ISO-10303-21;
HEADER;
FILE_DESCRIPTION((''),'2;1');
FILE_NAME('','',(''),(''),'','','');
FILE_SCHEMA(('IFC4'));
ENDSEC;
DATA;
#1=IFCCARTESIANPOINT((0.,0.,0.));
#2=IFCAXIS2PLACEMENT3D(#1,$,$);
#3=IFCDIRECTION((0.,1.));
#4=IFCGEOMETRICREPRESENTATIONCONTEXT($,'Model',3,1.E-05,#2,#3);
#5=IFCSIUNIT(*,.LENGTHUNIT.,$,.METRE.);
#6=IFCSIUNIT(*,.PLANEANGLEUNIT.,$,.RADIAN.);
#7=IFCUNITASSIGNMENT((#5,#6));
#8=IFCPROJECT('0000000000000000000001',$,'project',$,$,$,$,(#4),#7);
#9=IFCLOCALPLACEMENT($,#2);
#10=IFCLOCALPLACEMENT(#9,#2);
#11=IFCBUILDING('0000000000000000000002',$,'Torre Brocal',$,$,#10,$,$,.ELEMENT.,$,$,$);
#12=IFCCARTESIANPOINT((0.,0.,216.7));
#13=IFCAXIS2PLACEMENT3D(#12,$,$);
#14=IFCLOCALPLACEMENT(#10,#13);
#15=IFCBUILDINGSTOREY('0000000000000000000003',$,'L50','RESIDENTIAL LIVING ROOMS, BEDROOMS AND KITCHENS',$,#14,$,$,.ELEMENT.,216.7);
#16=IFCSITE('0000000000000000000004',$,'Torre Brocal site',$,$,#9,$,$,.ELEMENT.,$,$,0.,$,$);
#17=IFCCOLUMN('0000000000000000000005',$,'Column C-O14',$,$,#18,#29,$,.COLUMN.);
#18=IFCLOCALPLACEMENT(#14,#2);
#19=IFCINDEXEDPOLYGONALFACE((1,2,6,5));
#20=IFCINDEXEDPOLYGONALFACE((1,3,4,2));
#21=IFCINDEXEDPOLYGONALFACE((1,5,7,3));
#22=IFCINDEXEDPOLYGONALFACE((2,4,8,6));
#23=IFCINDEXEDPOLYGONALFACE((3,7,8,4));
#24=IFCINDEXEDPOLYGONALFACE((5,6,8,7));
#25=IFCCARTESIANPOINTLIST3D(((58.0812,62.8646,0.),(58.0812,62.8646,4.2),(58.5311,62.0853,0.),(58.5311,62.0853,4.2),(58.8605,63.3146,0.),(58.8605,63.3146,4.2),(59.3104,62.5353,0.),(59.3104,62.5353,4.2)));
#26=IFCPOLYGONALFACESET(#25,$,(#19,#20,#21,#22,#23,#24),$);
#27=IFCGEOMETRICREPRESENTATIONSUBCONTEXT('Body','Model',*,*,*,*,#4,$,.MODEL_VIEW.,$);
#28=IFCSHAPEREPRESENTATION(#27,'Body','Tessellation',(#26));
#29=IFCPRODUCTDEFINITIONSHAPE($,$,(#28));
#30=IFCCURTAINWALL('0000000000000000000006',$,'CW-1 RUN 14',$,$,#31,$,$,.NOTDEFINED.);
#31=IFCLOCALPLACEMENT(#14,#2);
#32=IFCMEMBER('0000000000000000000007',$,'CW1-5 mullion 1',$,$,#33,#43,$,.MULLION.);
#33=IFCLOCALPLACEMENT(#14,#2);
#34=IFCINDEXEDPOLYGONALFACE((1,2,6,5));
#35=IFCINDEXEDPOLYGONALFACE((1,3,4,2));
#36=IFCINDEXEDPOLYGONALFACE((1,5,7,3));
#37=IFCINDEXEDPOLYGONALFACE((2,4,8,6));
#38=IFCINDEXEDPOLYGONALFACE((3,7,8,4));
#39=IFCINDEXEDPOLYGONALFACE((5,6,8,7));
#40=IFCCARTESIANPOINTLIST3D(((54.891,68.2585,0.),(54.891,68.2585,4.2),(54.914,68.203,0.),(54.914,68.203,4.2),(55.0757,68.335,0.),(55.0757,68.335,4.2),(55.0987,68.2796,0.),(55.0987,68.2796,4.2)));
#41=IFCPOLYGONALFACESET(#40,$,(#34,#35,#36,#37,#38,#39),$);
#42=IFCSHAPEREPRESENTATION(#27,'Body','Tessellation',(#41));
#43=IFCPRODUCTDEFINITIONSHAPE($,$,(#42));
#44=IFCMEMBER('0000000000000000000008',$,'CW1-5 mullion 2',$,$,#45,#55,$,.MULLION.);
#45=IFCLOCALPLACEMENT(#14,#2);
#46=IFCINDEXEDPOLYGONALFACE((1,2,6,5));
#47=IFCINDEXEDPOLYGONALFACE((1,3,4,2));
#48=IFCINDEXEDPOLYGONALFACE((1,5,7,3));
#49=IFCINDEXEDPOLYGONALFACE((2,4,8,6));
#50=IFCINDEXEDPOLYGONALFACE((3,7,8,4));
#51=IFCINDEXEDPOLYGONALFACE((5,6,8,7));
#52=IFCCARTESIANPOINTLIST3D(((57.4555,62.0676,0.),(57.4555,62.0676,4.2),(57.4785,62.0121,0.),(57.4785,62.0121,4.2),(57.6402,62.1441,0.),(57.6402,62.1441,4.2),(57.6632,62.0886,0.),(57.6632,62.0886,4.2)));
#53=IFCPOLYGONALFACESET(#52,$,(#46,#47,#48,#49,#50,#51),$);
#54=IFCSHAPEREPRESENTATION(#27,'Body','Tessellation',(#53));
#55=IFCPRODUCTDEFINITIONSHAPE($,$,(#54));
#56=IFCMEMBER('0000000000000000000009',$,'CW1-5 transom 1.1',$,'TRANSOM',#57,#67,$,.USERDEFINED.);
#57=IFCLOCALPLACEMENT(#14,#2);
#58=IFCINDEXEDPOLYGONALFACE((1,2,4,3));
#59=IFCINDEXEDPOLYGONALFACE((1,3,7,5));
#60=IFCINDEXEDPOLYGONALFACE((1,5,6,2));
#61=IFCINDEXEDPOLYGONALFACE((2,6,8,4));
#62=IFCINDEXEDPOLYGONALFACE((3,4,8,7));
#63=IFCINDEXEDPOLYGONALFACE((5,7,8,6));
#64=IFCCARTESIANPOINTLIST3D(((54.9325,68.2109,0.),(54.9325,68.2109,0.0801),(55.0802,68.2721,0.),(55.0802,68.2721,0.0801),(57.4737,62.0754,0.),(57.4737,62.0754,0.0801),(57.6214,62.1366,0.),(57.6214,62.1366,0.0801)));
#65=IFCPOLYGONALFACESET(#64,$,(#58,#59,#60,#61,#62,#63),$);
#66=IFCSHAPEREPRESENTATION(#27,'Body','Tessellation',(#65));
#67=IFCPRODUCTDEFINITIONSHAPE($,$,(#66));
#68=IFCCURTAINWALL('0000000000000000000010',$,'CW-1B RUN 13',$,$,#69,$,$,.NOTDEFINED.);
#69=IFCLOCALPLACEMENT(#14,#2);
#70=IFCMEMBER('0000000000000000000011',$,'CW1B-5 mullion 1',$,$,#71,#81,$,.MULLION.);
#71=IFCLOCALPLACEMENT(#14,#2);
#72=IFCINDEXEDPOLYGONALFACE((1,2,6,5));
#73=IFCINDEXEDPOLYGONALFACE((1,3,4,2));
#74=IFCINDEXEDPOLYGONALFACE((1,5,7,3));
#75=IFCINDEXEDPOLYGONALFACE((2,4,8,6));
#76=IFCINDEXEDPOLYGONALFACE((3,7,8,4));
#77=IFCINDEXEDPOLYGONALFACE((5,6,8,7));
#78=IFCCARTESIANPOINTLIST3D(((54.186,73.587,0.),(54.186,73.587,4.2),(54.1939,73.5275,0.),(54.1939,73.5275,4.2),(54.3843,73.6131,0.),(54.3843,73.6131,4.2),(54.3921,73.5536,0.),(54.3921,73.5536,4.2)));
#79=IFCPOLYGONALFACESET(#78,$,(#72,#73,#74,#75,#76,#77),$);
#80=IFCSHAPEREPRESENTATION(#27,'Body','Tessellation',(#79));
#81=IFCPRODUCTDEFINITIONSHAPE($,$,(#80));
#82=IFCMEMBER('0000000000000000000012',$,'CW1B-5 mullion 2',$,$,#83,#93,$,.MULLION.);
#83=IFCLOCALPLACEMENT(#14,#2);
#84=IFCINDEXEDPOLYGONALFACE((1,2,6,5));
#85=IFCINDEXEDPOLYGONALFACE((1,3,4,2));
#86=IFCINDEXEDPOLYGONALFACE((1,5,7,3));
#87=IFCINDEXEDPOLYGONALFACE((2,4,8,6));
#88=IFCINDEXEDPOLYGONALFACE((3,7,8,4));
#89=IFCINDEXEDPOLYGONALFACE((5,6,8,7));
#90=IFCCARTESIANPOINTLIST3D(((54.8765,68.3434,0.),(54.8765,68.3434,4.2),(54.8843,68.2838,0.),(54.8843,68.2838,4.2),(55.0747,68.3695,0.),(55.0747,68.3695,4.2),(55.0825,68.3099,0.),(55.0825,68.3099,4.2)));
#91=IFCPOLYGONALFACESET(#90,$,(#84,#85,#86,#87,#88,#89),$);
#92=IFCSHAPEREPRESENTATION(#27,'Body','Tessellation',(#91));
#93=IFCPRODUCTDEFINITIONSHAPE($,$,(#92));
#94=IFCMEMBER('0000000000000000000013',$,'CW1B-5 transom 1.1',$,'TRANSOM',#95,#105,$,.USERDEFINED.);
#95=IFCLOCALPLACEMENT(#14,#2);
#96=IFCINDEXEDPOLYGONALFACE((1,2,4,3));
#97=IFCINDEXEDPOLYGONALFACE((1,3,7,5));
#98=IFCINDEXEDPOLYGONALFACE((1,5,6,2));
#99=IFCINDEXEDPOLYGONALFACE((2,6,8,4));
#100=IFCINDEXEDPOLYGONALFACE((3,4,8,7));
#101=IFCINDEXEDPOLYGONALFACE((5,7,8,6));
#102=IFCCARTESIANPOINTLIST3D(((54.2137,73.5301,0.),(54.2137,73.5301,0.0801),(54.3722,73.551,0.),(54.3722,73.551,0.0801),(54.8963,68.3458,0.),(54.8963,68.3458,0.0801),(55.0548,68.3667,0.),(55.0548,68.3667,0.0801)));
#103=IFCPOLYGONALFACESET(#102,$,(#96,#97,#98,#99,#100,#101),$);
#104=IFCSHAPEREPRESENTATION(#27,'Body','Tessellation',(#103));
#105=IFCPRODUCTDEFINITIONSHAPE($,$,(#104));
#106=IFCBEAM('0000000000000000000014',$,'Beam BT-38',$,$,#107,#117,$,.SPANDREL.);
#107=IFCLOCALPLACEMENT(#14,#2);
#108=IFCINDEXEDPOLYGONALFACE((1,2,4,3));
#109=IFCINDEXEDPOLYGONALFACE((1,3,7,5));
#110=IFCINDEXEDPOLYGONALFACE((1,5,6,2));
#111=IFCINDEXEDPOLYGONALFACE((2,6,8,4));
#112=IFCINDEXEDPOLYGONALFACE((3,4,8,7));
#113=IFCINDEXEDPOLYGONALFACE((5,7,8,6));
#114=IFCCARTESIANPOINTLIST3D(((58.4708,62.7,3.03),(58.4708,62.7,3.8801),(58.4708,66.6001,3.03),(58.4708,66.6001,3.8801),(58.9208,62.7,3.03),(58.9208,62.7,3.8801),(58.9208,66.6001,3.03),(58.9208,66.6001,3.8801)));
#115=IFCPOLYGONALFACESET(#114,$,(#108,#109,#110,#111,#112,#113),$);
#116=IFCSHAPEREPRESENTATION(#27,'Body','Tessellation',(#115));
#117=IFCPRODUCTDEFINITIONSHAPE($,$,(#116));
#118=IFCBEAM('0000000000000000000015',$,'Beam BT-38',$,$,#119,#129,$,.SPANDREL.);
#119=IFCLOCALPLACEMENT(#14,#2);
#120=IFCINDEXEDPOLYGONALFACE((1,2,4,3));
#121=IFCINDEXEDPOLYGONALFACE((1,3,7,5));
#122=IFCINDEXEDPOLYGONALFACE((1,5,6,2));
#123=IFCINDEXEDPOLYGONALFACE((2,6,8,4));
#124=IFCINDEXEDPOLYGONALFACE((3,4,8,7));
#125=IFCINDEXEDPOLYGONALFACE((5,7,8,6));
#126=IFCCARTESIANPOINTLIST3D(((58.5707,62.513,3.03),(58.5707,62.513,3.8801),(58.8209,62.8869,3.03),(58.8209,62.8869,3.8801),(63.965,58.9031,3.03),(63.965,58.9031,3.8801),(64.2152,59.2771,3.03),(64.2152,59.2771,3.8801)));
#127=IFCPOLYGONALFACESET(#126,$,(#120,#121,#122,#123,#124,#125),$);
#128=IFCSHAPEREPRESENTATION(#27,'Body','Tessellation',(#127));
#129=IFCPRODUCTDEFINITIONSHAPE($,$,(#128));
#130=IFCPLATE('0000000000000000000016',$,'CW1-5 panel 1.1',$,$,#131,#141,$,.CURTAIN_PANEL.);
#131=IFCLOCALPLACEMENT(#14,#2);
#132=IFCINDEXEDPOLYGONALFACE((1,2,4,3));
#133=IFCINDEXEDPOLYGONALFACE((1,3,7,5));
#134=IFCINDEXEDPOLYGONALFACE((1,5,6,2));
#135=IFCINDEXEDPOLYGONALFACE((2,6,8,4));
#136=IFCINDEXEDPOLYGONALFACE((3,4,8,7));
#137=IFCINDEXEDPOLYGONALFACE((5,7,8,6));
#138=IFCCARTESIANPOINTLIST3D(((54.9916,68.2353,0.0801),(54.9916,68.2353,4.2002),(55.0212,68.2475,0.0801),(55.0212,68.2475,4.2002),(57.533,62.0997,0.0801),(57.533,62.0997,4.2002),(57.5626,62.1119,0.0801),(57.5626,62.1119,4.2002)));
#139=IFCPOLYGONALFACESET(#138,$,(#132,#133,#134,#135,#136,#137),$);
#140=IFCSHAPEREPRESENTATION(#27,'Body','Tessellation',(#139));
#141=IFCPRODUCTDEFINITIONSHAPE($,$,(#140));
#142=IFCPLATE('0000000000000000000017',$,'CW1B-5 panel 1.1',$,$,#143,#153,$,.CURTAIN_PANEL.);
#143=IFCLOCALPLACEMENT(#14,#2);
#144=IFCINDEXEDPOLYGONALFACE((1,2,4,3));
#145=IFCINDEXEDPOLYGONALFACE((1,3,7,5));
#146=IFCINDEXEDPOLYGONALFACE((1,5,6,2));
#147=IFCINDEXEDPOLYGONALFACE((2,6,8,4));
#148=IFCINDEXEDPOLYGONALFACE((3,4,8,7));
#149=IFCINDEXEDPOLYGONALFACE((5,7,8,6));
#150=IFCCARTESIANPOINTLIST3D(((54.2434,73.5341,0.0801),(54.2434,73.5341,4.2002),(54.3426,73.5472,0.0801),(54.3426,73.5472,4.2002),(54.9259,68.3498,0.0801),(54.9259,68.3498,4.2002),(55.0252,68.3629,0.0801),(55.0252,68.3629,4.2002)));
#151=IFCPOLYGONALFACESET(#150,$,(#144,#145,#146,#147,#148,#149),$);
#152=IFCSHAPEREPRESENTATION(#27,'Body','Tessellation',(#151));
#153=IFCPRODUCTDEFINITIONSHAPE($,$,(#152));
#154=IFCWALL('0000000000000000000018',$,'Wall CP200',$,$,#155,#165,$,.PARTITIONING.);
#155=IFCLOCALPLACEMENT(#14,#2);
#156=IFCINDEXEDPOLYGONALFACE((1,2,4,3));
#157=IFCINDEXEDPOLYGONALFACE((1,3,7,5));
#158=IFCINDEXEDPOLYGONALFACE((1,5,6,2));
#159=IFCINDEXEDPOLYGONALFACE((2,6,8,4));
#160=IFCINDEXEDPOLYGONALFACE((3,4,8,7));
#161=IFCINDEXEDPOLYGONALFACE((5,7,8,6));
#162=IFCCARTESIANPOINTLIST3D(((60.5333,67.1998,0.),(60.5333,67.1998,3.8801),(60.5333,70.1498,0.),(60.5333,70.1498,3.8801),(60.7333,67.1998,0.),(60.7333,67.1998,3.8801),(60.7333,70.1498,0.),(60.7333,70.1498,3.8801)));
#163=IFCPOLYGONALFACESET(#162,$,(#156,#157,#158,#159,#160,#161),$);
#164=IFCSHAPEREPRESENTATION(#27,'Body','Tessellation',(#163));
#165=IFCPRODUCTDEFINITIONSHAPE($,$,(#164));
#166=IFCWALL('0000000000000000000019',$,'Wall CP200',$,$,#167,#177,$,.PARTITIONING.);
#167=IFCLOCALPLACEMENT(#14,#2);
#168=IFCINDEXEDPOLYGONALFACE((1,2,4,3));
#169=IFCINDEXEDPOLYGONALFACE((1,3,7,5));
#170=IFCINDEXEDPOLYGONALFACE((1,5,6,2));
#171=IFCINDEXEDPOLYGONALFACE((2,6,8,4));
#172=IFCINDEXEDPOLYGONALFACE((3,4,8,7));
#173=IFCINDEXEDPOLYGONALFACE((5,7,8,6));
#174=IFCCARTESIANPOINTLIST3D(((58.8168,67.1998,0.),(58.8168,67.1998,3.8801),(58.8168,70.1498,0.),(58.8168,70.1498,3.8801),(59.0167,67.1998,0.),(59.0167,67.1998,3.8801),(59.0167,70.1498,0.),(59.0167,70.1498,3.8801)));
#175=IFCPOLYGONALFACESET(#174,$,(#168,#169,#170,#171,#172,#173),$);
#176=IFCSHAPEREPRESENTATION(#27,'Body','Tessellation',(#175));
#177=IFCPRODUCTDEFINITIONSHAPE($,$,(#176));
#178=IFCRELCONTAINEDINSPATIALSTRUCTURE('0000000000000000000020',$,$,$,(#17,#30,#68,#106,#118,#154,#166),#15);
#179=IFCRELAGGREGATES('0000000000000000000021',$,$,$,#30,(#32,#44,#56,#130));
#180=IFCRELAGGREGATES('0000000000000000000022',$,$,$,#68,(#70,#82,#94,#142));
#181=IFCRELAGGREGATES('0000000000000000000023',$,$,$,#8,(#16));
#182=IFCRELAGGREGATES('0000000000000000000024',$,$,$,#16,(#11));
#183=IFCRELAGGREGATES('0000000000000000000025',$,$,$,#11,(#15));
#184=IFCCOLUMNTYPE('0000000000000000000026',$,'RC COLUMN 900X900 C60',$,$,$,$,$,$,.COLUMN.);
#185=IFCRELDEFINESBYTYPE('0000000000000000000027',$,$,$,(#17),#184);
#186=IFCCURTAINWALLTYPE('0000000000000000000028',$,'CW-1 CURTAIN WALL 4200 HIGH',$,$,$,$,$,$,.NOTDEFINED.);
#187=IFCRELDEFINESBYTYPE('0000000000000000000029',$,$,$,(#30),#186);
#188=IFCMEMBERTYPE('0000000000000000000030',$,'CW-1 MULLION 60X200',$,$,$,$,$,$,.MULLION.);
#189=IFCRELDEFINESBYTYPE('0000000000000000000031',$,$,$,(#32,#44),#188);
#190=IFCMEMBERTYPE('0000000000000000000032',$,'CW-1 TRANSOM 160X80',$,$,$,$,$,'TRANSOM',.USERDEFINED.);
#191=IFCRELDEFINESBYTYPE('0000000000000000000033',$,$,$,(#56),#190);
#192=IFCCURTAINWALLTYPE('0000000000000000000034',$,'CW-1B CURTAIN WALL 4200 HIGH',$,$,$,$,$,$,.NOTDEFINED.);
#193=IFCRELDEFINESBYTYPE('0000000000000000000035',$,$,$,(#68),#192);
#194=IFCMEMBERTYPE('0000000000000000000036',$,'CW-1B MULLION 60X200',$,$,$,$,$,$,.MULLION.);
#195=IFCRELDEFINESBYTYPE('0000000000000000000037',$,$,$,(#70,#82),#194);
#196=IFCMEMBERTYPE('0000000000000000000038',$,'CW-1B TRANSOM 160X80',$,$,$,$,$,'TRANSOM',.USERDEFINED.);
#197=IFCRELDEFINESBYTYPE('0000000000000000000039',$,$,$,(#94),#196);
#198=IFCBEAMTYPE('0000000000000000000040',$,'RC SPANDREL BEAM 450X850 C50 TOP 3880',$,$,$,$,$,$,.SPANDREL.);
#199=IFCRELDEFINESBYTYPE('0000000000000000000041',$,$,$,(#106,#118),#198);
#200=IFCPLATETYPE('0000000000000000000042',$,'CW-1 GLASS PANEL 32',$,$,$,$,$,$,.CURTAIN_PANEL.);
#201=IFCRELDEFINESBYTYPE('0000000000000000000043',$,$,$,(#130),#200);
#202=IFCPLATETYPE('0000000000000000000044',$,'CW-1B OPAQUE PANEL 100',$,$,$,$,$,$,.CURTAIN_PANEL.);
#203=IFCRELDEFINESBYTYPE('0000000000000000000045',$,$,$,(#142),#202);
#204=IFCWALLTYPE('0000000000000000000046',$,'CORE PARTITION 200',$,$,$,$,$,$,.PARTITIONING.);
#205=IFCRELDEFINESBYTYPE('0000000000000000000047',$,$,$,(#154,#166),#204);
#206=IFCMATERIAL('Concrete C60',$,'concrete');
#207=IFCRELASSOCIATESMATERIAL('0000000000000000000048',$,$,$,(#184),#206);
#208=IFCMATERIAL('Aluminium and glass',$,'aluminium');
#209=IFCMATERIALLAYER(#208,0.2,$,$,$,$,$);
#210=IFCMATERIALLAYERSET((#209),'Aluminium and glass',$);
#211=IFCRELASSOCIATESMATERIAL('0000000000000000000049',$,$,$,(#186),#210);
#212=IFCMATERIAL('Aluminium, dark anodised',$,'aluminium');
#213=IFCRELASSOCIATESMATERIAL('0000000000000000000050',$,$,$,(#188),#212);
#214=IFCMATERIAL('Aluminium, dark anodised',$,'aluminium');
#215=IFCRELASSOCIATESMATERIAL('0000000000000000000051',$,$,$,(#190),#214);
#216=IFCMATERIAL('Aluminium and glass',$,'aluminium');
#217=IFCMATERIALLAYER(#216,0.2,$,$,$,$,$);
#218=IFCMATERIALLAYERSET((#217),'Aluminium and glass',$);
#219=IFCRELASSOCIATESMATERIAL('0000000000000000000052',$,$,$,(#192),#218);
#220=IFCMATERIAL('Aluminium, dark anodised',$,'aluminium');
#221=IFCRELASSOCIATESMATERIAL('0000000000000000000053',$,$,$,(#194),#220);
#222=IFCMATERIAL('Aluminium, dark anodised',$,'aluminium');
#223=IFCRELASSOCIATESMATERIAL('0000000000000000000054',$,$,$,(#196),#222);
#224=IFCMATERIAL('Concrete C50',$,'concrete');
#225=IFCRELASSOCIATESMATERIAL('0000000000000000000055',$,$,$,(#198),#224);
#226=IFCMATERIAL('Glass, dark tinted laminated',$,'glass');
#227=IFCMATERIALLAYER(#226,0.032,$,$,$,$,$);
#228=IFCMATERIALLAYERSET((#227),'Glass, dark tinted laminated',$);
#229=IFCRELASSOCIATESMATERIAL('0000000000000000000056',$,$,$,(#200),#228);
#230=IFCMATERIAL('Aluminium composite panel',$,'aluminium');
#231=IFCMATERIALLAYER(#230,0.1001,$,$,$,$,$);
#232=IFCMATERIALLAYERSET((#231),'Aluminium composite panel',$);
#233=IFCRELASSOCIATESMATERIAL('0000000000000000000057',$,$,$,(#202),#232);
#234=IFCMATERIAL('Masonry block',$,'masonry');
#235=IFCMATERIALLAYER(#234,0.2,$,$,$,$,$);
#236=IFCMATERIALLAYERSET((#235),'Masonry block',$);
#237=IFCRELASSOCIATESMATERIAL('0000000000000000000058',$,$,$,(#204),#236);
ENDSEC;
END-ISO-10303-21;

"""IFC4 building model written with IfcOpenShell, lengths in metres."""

from ifc_helpers import new_model, si_unit, direction, frame, frame_2d, origin, origin_2d, place, context, subcontext, project, spatial, rectangle, extrude, material, layer, layer_set, material_profile, profile_set, type_object, element, aggregate, save


model = new_model("IFC4")

# Units and contexts
model_context = context("Model", 3, precision=1e-05, world=origin(), true_north=direction((0.0, 1.0)))
body_context = subcontext(model_context, "Body", "Model", "MODEL_VIEW")
ifc_project = project(units=[si_unit("LENGTHUNIT", "METRE"), si_unit("PLANEANGLEUNIT", "RADIAN")], contexts=[model_context])

# Site, building, storey
site_placement = place(None, origin())
site = spatial("IfcSite", under=ifc_project, at=site_placement, Name="Torre Brocal site", CompositionType="ELEMENT", RefElevation=0.0)
building_placement = place(site_placement, origin())
building = spatial("IfcBuilding", under=site, at=building_placement, Name="Torre Brocal", CompositionType="ELEMENT")
storey_placement = place(building_placement, frame((0.0, 0.0, 216.7)))
storey = spatial("IfcBuildingStorey", under=building, at=storey_placement, Name="L50", Description="RESIDENTIAL LIVING ROOMS, BEDROOMS AND KITCHENS", CompositionType="ELEMENT", Elevation=216.7)

# Column
ifc_material_1 = material(Name="Concrete C60", Category="concrete")
ifc_material_profile_1 = material_profile(ifc_material_1, rectangle(XDim=0.8999, YDim=0.8999, at=origin_2d()), Name="RC 900X900")
ifc_profile_set_1 = profile_set([ifc_material_profile_1], Name="Concrete C60")
column_type = type_object("IfcColumnType", Name="RC COLUMN 900X900 C60", PredefinedType="COLUMN", material=ifc_profile_set_1)
column_placement = place(storey_placement, frame((58.6958, 62.7, 0.0), z_axis=(0.0, 0.0, 1.0), x_axis=(-0.866025, -0.5, 0.0)))
element("IfcColumn", 1, at=column_placement, inside=storey, type_object=column_type, Name="Column C-O14", PredefinedType="COLUMN", context=body_context, shape_type="SweptSolid", body=[
    extrude(rectangle(XDim=0.8999, YDim=0.8999, at=origin_2d()), origin(), (0.0, 0.0, 1.0), 4.2),
])

# Curtain walls, members
ifc_material_2 = material(Name="Aluminium and glass", Category="aluminium")
ifc_layer_1 = layer(ifc_material_2, 0.2)
ifc_layer_set_1 = layer_set([ifc_layer_1], Name="Aluminium and glass")
curtain_wall_type_1 = type_object("IfcCurtainWallType", Name="CW-1 CURTAIN WALL 4200 HIGH", PredefinedType="NOTDEFINED", material=ifc_layer_set_1)
curtain_wall_1_placement = place(storey_placement, origin())
curtain_wall_1 = element("IfcCurtainWall", 2, at=curtain_wall_1_placement, inside=storey, type_object=curtain_wall_type_1, Name="CW-1 RUN 14", PredefinedType="NOTDEFINED")
ifc_material_3 = material(Name="Aluminium, dark anodised", Category="aluminium")
ifc_material_profile_2 = material_profile(ifc_material_3, rectangle(XDim=0.2, YDim=0.0601, at=origin_2d()), Name="CW-1 MULLION 60X200")
ifc_profile_set_2 = profile_set([ifc_material_profile_2], Name="Aluminium, dark anodised")
member_type_1 = type_object("IfcMemberType", Name="CW-1 MULLION 60X200", PredefinedType="MULLION", material=ifc_profile_set_2)
member_1_placement = place(storey_placement, frame((54.9949, 68.269, 0.0), z_axis=(0.0, 0.0, 1.0), x_axis=(0.92388, 0.382683, 0.0)))
member_1 = element("IfcMember", 3, at=member_1_placement, type_object=member_type_1, Name="CW1-5 mullion 1", PredefinedType="MULLION", context=body_context, shape_type="SweptSolid", body=[
    extrude(rectangle(XDim=0.2, YDim=0.0601, at=origin_2d()), origin(), (0.0, 0.0, 1.0), 4.2),
])
member_2_placement = place(storey_placement, frame((57.5593, 62.0781, 0.0), z_axis=(0.0, 0.0, 1.0), x_axis=(0.92388, 0.382683, 0.0)))
member_2 = element("IfcMember", 4, at=member_2_placement, type_object=member_type_1, Name="CW1-5 mullion 2", PredefinedType="MULLION", context=body_context, shape_type="SweptSolid", body=[
    extrude(rectangle(XDim=0.2, YDim=0.0601, at=origin_2d()), origin(), (0.0, 0.0, 1.0), 4.2),
])
ifc_material_4 = material(Name="Aluminium, dark anodised", Category="aluminium")
ifc_material_profile_3 = material_profile(ifc_material_4, rectangle(XDim=0.1599, YDim=0.0801, at=origin_2d()), Name="CW-1 TRANSOM 160X80")
ifc_profile_set_3 = profile_set([ifc_material_profile_3], Name="Aluminium, dark anodised")
member_type_2 = type_object("IfcMemberType", Name="CW-1 TRANSOM 160X80", ElementType="TRANSOM", PredefinedType="USERDEFINED", material=ifc_profile_set_3)
member_3_placement = place(storey_placement, frame((55.0063, 68.2415, 0.04), z_axis=(0.382665, -0.923887, 0.0), x_axis=(0.923887, 0.382665, 0.0)))
member_3 = element("IfcMember", 5, at=member_3_placement, type_object=member_type_2, Name="CW1-5 transom 1.1", ObjectType="TRANSOM", PredefinedType="USERDEFINED", context=body_context, shape_type="SweptSolid", body=[
    extrude(rectangle(XDim=0.1599, YDim=0.0801, at=origin_2d()), origin(), (0.0, 0.0, 1.0), 6.6409),
])
ifc_material_5 = material(Name="Aluminium and glass", Category="aluminium")
ifc_layer_2 = layer(ifc_material_5, 0.2)
ifc_layer_set_2 = layer_set([ifc_layer_2], Name="Aluminium and glass")
curtain_wall_type_2 = type_object("IfcCurtainWallType", Name="CW-1B CURTAIN WALL 4200 HIGH", PredefinedType="NOTDEFINED", material=ifc_layer_set_2)
curtain_wall_2_placement = place(storey_placement, origin())
curtain_wall_2 = element("IfcCurtainWall", 6, at=curtain_wall_2_placement, inside=storey, type_object=curtain_wall_type_2, Name="CW-1B RUN 13", PredefinedType="NOTDEFINED")
ifc_material_6 = material(Name="Aluminium, dark anodised", Category="aluminium")
ifc_material_profile_4 = material_profile(ifc_material_6, rectangle(XDim=0.2, YDim=0.0601, at=origin_2d()), Name="CW-1B MULLION 60X200")
ifc_profile_set_4 = profile_set([ifc_material_profile_4], Name="Aluminium, dark anodised")
member_type_3 = type_object("IfcMemberType", Name="CW-1B MULLION 60X200", PredefinedType="MULLION", material=ifc_profile_set_4)
member_4_placement = place(storey_placement, frame((54.2891, 73.5703, 0.0), z_axis=(0.0, 0.0, 1.0), x_axis=(0.991445, 0.130526, 0.0)))
member_4 = element("IfcMember", 7, at=member_4_placement, type_object=member_type_3, Name="CW1B-5 mullion 1", PredefinedType="MULLION", context=body_context, shape_type="SweptSolid", body=[
    extrude(rectangle(XDim=0.2, YDim=0.0601, at=origin_2d()), origin(), (0.0, 0.0, 1.0), 4.2),
])
member_5_placement = place(storey_placement, frame((54.9795, 68.3267, 0.0), z_axis=(0.0, 0.0, 1.0), x_axis=(0.991445, 0.130526, 0.0)))
member_5 = element("IfcMember", 8, at=member_5_placement, type_object=member_type_3, Name="CW1B-5 mullion 2", PredefinedType="MULLION", context=body_context, shape_type="SweptSolid", body=[
    extrude(rectangle(XDim=0.2, YDim=0.0601, at=origin_2d()), origin(), (0.0, 0.0, 1.0), 4.2),
])
ifc_material_7 = material(Name="Aluminium, dark anodised", Category="aluminium")
ifc_material_profile_5 = material_profile(ifc_material_7, rectangle(XDim=0.1599, YDim=0.0801, at=origin_2d()), Name="CW-1B TRANSOM 160X80")
ifc_profile_set_5 = profile_set([ifc_material_profile_5], Name="Aluminium, dark anodised")
member_type_4 = type_object("IfcMemberType", Name="CW-1B TRANSOM 160X80", ElementType="TRANSOM", PredefinedType="USERDEFINED", material=ifc_profile_set_5)
member_6_placement = place(storey_placement, frame((54.293, 73.5405, 0.04), z_axis=(0.130543, -0.991443, 0.0), x_axis=(0.991443, 0.130543, 0.0)))
member_6 = element("IfcMember", 9, at=member_6_placement, type_object=member_type_4, Name="CW1B-5 transom 1.1", ObjectType="TRANSOM", PredefinedType="USERDEFINED", context=body_context, shape_type="SweptSolid", body=[
    extrude(rectangle(XDim=0.1599, YDim=0.0801, at=origin_2d()), origin(), (0.0, 0.0, 1.0), 5.229),
])

# Beams
ifc_material_8 = material(Name="Concrete C50", Category="concrete")
ifc_material_profile_6 = material_profile(ifc_material_8, rectangle(XDim=0.45, YDim=0.8501, at=origin_2d()), Name="RC 450X850")
ifc_profile_set_6 = profile_set([ifc_material_profile_6], Name="Concrete C50")
beam_type = type_object("IfcBeamType", Name="RC SPANDREL BEAM 450X850 C50 TOP 3880", PredefinedType="SPANDREL", material=ifc_profile_set_6)
beam_1_placement = place(storey_placement, frame((58.6958, 62.7, 3.4551), z_axis=(0.0, 1.0, 0.0), x_axis=(-1.0, 0.0, 0.0)))
element("IfcBeam", 10, at=beam_1_placement, inside=storey, type_object=beam_type, Name="Beam BT-38", PredefinedType="SPANDREL", context=body_context, shape_type="SweptSolid", body=[
    extrude(rectangle(XDim=0.45, YDim=0.8501, at=origin_2d()), origin(), (0.0, 0.0, 1.0), 3.9001),
])
beam_2_placement = place(storey_placement, frame((58.6958, 62.7, 3.4551), z_axis=(0.831077, -0.556158, 0.0), x_axis=(0.556158, 0.831077, 0.0)))
element("IfcBeam", 11, at=beam_2_placement, inside=storey, type_object=beam_type, Name="Beam BT-38", PredefinedType="SPANDREL", context=body_context, shape_type="SweptSolid", body=[
    extrude(rectangle(XDim=0.45, YDim=0.8501, at=origin_2d()), origin(), (0.0, 0.0, 1.0), 6.4907),
])

# Plates
ifc_material_9 = material(Name="Glass, dark tinted laminated", Category="glass")
ifc_layer_3 = layer(ifc_material_9, 0.032)
ifc_layer_set_3 = layer_set([ifc_layer_3], Name="Glass, dark tinted laminated")
plate_type_1 = type_object("IfcPlateType", Name="CW-1 GLASS PANEL 32", PredefinedType="CURTAIN_PANEL", material=ifc_layer_set_3)
plate_1_placement = place(storey_placement, frame((56.2771, 65.1736, 0.0801), z_axis=(0.0, 0.0, 1.0), x_axis=(0.382683, -0.92388, 0.0)))
plate_1 = element("IfcPlate", 12, at=plate_1_placement, type_object=plate_type_1, Name="CW1-5 panel 1.1", PredefinedType="CURTAIN_PANEL", context=body_context, shape_type="SweptSolid", body=[
    extrude(rectangle(XDim=6.6411, YDim=0.032, at=origin_2d()), origin(), (0.0, 0.0, 1.0), 4.1201),
])
aggregate(curtain_wall_1, [member_1, member_2, member_3, plate_1])
ifc_material_10 = material(Name="Aluminium composite panel", Category="aluminium")
ifc_layer_4 = layer(ifc_material_10, 0.1001)
ifc_layer_set_4 = layer_set([ifc_layer_4], Name="Aluminium composite panel")
plate_type_2 = type_object("IfcPlateType", Name="CW-1B OPAQUE PANEL 100", PredefinedType="CURTAIN_PANEL", material=ifc_layer_set_4)
plate_2_placement = place(storey_placement, frame((54.6343, 70.9485, 0.0801), z_axis=(0.0, 0.0, 1.0), x_axis=(0.130526, -0.991445, 0.0)))
plate_2 = element("IfcPlate", 13, at=plate_2_placement, type_object=plate_type_2, Name="CW1B-5 panel 1.1", PredefinedType="CURTAIN_PANEL", context=body_context, shape_type="SweptSolid", body=[
    extrude(rectangle(XDim=5.229, YDim=0.1001, at=origin_2d()), origin(), (0.0, 0.0, 1.0), 4.1201),
])
aggregate(curtain_wall_2, [member_4, member_5, member_6, plate_2])

# Walls
ifc_material_11 = material(Name="Masonry block", Category="masonry")
ifc_layer_5 = layer(ifc_material_11, 0.2)
ifc_layer_set_5 = layer_set([ifc_layer_5], Name="Masonry block")
wall_type_1 = type_object("IfcWallType", Name="CORE PARTITION 200", PredefinedType="PARTITIONING", material=ifc_layer_set_5)
for number, where, z_axis, x_axis, name in (
    (14, (60.6333, 70.1499, 0.0), (0.0, 0.0, 1.0), (0.0, -1.0, 0.0), "Wall CP200"),
    (15, (58.9167, 70.1499, 0.0), (0.0, 0.0, 1.0), (0.0, -1.0, 0.0), "Wall CP200"),
):
    element("IfcWall", number, at=place(storey_placement, frame(where, z_axis=z_axis, x_axis=x_axis)), inside=storey, type_object=wall_type_1, Name=name, PredefinedType="PARTITIONING", context=body_context, shape_type="SweptSolid", body=[
        extrude(rectangle(XDim=2.95, YDim=0.2, at=frame_2d((1.4751, 0.0))), origin(), (0.0, 0.0, 1.0), 3.8801),
    ])

save(model, "model.ifc")
